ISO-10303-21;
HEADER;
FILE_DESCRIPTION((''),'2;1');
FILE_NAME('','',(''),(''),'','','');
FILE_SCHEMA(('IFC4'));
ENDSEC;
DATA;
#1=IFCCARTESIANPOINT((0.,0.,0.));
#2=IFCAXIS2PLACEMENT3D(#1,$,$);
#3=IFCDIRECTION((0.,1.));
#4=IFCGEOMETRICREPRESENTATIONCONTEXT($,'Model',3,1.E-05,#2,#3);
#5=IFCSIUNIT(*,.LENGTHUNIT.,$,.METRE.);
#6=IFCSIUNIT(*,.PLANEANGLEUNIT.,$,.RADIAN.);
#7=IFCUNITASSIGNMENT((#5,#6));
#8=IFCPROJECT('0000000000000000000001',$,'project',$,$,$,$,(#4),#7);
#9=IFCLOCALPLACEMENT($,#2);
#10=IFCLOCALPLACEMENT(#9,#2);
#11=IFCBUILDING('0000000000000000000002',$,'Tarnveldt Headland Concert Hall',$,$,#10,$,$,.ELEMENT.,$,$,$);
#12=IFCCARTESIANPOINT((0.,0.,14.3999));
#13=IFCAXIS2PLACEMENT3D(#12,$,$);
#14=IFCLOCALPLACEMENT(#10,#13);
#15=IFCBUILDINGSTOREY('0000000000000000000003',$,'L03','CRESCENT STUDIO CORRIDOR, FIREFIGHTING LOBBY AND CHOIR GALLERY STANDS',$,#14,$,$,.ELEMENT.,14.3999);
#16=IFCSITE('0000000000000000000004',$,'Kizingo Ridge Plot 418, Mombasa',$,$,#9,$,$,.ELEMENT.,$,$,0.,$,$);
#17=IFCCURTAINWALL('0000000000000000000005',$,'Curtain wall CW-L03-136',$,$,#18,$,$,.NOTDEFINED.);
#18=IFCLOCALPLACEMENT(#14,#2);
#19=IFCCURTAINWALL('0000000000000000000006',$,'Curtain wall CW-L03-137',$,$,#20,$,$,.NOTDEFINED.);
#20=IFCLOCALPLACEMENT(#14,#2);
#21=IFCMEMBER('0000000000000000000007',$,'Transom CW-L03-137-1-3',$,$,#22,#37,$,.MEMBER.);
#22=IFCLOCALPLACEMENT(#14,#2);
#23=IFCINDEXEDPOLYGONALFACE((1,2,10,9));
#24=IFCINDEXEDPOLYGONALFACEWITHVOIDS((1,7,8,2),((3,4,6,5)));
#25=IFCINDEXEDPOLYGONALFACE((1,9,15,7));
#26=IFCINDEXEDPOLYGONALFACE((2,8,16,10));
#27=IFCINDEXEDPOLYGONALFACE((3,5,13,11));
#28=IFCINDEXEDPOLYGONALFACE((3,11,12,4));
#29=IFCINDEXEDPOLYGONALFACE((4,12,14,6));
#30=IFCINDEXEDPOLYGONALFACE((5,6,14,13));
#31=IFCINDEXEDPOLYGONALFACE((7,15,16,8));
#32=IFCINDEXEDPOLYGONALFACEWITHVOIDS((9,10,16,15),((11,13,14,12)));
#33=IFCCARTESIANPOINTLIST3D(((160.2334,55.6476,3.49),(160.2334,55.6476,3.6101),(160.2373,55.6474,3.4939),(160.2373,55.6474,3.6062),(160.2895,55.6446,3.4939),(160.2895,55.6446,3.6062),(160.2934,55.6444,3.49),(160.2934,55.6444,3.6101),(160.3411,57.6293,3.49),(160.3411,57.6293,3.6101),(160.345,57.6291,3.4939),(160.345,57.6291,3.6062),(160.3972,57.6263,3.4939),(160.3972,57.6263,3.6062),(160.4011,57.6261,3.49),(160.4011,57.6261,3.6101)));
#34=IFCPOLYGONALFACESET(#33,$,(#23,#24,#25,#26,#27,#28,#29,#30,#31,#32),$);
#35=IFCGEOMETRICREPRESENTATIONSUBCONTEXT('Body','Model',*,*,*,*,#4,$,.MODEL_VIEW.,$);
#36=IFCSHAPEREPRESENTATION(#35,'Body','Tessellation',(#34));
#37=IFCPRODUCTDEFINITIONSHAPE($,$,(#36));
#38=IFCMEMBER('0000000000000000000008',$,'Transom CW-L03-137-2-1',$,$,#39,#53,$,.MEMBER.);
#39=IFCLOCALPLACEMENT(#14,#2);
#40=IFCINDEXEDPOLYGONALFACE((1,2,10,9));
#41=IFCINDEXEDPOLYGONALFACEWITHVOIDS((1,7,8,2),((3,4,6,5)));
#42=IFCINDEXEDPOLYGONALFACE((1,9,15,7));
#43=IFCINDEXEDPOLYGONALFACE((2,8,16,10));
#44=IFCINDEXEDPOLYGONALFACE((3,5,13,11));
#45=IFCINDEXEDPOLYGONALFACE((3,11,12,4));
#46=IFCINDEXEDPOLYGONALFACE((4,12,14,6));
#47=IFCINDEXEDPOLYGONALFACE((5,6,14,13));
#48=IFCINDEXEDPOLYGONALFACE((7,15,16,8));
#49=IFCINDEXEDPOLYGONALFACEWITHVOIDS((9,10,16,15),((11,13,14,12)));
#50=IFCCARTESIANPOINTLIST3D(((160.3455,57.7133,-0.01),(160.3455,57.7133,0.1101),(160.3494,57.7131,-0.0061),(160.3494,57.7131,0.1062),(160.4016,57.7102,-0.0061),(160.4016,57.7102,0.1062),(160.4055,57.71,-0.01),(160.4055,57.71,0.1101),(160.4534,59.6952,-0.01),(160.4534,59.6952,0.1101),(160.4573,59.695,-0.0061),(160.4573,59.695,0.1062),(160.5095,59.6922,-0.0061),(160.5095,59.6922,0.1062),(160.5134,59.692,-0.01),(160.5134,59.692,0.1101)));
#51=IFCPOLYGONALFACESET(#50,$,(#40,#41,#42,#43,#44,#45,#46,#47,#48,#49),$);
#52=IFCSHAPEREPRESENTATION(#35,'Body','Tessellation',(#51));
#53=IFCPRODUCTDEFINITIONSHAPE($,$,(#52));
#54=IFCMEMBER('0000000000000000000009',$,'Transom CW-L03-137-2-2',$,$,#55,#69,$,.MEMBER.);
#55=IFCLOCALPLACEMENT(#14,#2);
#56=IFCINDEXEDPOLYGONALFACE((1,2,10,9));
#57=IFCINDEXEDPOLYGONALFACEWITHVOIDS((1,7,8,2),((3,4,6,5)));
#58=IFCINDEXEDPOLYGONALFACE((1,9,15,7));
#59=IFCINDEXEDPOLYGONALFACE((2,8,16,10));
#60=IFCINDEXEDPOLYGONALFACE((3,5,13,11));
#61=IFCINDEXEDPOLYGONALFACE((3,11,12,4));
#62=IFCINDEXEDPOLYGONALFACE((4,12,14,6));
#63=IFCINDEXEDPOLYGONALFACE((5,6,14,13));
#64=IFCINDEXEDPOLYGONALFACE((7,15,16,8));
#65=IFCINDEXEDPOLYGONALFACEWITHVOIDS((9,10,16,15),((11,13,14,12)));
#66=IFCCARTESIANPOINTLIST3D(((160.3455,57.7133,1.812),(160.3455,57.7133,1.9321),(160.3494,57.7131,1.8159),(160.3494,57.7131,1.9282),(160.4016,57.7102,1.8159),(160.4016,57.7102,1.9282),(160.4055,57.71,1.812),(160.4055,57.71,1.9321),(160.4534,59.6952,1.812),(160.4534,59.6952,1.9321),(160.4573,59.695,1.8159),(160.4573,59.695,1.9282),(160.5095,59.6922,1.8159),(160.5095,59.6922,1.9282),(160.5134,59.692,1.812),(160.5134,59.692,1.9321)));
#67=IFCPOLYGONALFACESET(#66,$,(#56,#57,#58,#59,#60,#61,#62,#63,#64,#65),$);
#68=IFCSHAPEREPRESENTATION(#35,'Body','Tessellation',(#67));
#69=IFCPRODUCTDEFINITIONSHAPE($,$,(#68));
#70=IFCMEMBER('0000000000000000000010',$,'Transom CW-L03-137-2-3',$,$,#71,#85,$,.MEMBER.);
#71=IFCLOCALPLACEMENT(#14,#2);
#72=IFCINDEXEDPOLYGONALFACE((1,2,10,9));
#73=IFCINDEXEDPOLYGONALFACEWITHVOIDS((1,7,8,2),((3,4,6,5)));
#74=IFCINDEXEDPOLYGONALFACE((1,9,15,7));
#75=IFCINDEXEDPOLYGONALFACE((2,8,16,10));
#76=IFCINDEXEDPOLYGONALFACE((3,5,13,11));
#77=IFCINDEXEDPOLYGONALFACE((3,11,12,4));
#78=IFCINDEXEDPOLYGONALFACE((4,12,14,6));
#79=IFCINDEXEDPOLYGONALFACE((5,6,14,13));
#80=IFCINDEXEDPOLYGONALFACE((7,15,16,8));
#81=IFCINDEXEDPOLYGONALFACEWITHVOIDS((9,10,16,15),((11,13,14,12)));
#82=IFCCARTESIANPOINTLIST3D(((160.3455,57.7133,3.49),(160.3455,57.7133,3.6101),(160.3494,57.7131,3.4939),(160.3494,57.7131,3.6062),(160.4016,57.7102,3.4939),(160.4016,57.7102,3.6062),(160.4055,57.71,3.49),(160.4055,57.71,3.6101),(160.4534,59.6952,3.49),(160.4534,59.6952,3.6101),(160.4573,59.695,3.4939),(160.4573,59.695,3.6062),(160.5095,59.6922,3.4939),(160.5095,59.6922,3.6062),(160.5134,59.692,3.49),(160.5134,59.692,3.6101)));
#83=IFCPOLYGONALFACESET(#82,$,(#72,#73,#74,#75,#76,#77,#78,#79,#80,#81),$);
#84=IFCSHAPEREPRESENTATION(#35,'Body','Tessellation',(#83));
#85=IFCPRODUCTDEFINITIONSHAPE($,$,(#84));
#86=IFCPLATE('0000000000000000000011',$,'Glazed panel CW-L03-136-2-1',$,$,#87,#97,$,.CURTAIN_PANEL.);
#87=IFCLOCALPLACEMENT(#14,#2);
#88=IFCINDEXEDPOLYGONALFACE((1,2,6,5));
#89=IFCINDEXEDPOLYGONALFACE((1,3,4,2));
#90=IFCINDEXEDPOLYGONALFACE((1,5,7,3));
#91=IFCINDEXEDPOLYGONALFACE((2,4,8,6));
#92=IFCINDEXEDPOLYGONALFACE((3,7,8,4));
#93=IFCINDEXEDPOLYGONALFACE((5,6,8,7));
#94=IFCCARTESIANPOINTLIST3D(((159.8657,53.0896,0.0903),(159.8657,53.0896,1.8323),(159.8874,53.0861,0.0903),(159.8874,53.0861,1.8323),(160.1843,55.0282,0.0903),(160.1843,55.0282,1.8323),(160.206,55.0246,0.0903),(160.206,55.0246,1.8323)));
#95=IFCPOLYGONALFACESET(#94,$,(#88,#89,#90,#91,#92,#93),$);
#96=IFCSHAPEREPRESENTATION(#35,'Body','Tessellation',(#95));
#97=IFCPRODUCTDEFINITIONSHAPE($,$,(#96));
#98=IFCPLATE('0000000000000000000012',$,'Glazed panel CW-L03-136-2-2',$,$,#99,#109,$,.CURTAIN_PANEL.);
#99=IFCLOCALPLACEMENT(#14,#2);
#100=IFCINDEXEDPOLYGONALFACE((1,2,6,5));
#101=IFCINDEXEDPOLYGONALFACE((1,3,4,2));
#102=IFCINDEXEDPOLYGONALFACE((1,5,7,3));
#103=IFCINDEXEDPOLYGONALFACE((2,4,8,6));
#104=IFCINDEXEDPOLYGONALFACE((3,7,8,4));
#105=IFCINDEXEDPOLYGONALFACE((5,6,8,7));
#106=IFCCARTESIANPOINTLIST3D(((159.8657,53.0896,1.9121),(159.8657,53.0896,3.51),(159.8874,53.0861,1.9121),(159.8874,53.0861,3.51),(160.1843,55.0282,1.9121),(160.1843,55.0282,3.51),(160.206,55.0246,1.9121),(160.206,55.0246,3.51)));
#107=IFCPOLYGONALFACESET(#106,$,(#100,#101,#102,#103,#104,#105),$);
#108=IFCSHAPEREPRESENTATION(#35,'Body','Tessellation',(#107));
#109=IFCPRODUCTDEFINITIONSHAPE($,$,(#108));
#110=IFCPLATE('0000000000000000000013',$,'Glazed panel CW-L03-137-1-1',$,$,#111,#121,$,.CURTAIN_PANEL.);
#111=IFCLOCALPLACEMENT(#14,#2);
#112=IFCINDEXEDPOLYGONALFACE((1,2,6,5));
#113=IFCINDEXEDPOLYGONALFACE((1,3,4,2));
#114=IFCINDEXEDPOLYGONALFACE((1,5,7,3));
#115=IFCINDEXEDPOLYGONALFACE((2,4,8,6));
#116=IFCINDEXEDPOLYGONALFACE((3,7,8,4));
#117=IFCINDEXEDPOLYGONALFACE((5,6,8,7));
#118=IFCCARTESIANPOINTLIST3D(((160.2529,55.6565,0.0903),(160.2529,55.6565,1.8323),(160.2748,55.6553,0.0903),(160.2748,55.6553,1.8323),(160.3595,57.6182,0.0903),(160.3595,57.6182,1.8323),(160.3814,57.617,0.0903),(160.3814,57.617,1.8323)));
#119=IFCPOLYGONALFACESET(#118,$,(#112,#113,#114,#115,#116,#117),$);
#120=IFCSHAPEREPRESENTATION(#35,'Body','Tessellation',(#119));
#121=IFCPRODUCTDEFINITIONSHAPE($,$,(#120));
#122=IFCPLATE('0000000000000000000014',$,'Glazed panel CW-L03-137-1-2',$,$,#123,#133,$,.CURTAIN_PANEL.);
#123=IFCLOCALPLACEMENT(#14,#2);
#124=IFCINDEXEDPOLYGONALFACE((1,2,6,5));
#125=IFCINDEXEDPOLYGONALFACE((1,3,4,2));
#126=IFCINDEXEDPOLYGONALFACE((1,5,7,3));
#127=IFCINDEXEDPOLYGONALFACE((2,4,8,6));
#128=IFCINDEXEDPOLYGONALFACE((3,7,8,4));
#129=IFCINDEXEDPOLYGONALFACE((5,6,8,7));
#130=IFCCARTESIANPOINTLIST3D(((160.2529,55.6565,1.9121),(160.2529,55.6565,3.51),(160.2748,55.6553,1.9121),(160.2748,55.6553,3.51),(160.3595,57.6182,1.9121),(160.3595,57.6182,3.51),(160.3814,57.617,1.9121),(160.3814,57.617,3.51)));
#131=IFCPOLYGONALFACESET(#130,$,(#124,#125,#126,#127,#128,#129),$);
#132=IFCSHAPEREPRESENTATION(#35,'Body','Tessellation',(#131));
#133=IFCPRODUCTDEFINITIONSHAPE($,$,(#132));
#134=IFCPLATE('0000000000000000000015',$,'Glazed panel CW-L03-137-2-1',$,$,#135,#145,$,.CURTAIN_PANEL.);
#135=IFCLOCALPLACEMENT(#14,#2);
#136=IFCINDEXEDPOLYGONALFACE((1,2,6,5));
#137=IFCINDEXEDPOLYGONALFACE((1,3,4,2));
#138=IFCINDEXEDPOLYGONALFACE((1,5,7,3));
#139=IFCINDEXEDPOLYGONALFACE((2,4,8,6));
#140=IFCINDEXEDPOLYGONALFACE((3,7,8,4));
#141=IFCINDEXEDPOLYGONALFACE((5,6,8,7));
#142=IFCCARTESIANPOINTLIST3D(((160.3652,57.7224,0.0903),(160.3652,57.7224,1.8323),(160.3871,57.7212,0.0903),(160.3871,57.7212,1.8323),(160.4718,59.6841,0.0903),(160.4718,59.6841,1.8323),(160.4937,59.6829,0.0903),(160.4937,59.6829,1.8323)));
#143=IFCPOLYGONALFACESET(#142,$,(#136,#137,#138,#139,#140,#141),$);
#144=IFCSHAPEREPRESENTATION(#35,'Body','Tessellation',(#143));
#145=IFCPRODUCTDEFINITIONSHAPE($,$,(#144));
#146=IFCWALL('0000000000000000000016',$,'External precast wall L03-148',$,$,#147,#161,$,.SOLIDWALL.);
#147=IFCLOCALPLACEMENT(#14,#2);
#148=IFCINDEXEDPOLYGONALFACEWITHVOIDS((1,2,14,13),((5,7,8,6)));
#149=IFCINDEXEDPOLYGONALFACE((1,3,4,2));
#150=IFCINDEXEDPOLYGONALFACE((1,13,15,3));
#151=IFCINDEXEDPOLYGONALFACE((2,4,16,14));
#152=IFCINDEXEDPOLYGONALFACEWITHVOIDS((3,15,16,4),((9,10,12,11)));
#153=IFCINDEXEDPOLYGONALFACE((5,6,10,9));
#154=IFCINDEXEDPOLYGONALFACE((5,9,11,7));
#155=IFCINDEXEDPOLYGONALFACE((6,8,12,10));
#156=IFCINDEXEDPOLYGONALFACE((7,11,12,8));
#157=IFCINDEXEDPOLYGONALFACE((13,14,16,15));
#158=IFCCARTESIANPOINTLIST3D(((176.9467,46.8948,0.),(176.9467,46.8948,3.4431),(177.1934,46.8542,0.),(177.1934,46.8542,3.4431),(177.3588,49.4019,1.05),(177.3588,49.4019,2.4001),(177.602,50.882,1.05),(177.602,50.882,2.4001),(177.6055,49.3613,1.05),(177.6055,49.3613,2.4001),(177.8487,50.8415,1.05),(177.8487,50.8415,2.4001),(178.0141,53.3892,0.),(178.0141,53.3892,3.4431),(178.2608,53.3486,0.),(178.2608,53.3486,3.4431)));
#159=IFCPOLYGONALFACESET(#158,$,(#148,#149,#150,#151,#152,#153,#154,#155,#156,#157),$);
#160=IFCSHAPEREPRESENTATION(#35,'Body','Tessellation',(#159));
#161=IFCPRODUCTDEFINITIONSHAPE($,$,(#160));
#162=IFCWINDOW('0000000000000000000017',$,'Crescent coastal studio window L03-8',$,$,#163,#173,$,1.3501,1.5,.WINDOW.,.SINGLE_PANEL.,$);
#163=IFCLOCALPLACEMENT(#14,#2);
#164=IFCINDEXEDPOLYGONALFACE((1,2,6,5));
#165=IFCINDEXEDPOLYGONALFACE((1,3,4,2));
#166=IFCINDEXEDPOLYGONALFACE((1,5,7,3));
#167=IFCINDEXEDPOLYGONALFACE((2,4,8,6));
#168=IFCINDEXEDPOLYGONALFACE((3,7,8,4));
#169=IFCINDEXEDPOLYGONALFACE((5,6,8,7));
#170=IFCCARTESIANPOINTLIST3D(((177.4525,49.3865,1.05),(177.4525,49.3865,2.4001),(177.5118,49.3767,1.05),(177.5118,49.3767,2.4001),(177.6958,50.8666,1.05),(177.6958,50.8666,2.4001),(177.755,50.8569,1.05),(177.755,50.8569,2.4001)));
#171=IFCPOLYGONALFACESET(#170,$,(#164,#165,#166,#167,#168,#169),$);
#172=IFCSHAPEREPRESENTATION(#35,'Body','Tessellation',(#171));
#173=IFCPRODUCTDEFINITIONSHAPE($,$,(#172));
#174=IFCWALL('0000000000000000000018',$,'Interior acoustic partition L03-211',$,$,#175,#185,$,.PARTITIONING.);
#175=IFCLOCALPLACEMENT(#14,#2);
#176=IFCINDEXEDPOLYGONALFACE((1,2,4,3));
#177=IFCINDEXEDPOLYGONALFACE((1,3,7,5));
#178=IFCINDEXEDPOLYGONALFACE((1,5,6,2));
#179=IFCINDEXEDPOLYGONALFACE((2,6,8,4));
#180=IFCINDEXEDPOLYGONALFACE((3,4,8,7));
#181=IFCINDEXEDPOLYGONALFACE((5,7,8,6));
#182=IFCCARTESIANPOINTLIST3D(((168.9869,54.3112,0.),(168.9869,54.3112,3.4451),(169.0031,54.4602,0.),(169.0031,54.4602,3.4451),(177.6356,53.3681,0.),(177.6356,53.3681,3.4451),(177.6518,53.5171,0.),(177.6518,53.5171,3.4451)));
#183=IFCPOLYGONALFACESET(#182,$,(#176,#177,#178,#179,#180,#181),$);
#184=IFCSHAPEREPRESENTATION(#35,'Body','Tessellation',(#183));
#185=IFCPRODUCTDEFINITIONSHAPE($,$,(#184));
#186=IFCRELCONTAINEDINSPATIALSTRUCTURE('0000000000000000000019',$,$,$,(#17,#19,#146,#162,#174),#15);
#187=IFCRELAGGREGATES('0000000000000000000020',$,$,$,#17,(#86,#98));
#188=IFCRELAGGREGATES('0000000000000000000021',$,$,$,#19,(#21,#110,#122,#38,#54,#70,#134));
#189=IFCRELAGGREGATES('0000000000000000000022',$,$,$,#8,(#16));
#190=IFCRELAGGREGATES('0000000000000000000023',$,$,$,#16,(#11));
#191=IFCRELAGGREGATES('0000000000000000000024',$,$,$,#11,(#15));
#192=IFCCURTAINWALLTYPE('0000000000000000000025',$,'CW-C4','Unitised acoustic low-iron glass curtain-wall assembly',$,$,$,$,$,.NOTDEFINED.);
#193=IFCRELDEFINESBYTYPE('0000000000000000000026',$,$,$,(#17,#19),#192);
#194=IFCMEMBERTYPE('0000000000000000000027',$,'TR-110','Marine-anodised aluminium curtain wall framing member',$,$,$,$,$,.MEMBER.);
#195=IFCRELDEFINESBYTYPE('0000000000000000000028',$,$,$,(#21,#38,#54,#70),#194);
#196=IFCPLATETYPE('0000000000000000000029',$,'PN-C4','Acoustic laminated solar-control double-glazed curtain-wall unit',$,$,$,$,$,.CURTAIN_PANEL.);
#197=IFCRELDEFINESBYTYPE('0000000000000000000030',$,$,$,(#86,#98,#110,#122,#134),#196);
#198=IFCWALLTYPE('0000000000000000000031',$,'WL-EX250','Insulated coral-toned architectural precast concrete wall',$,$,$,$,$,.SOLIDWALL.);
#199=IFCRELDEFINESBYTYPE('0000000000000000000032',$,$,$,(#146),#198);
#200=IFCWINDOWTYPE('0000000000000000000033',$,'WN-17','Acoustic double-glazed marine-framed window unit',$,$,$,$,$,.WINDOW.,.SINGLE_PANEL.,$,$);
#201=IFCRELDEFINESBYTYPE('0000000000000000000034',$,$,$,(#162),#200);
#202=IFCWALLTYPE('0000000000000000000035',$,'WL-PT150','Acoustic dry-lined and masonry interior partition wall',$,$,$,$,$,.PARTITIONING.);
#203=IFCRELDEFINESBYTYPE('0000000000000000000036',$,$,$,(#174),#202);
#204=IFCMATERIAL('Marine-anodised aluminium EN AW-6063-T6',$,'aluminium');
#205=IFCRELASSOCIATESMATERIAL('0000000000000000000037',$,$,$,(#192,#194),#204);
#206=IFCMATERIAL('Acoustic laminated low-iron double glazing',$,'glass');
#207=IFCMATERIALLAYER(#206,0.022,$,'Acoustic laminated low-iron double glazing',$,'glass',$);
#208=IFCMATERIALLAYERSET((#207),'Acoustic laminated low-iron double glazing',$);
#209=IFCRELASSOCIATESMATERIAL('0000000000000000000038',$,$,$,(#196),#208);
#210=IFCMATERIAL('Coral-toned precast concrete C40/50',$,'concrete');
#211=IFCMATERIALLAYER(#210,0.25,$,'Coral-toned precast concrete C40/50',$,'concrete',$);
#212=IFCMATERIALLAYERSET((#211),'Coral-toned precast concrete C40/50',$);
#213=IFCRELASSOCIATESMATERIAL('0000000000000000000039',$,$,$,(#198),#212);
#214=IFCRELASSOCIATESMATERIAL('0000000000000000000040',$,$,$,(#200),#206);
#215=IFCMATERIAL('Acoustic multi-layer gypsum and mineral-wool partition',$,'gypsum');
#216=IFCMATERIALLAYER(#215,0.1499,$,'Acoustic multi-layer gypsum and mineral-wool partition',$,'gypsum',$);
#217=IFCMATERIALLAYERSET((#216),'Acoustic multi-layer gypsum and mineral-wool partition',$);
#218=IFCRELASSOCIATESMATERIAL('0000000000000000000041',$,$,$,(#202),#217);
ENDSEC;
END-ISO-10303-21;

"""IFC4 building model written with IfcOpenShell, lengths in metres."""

from ifc_helpers import new_model, si_unit, direction, frame, frame_2d, origin, origin_2d, place, context, subcontext, project, spatial, rectangle, hollow_rectangle, extrude, material, layer, layer_set, material_profile, profile_set, type_object, element, fill, aggregate, save


model = new_model("IFC4")

# Units and contexts
model_context = context("Model", 3, precision=1e-05, world=origin(), true_north=direction((0.0, 1.0)))
body_context = subcontext(model_context, "Body", "Model", "MODEL_VIEW")
ifc_project = project(units=[si_unit("LENGTHUNIT", "METRE"), si_unit("PLANEANGLEUNIT", "RADIAN")], contexts=[model_context])

# Site, building, storey
site_placement = place(None, origin())
site = spatial("IfcSite", under=ifc_project, at=site_placement, Name="Kizingo Ridge Plot 418, Mombasa", CompositionType="ELEMENT", RefElevation=0.0)
building_placement = place(site_placement, origin())
building = spatial("IfcBuilding", under=site, at=building_placement, Name="Tarnveldt Headland Concert Hall", CompositionType="ELEMENT")
storey_placement = place(building_placement, frame((0.0, 0.0, 14.3999)))
storey = spatial("IfcBuildingStorey", under=building, at=storey_placement, Name="L03", Description="CRESCENT STUDIO CORRIDOR, FIREFIGHTING LOBBY AND CHOIR GALLERY STANDS", CompositionType="ELEMENT", Elevation=14.3999)

# Curtain wall
ifc_material_1 = material(Name="Marine-anodised aluminium EN AW-6063-T6", Category="aluminium")
curtain_wall_type = type_object("IfcCurtainWallType", Name="CW-C4", Description="Unitised acoustic low-iron glass curtain-wall assembly", PredefinedType="NOTDEFINED", material=ifc_material_1)
curtain_wall_1_placement = place(storey_placement, origin())
curtain_wall_1 = element("IfcCurtainWall", 1, at=curtain_wall_1_placement, inside=storey, type_object=curtain_wall_type, Name="Curtain wall CW-L03-136", PredefinedType="NOTDEFINED")

# Curtain wall
curtain_wall_2_placement = place(storey_placement, origin())
curtain_wall_2 = element("IfcCurtainWall", 2, at=curtain_wall_2_placement, inside=storey, type_object=curtain_wall_type, Name="Curtain wall CW-L03-137", PredefinedType="NOTDEFINED")

# Members
ifc_material_profile_1 = material_profile(ifc_material_1, hollow_rectangle(XDim=0.0601, YDim=0.1201, WallThickness=0.0039, at=origin_2d()), Name="ALU TRANSOM 60x120x4", Category="aluminium")
ifc_profile_set_1 = profile_set([ifc_material_profile_1], Name="Marine-anodised aluminium EN AW-6063-T6")
member_type_1 = type_object("IfcMemberType", Name="TR-110", Description="Marine-anodised aluminium curtain wall framing member", PredefinedType="MEMBER", material=ifc_profile_set_1)
member_1_placement = place(storey_placement, frame((160.2634, 55.646, 3.55), z_axis=(0.05425, 0.998527, 0.0), x_axis=(-0.998527, 0.05425, 0.0)))
member_1 = element("IfcMember", 3, at=member_1_placement, type_object=member_type_1, Name="Transom CW-L03-137-1-3", PredefinedType="MEMBER", context=body_context, shape_type="SweptSolid", body=[
    extrude(hollow_rectangle(XDim=0.0601, YDim=0.1201, WallThickness=0.0039, at=origin_2d()), origin(), (0.0, 0.0, 1.0), 1.9846),
])
member_2_placement = place(storey_placement, frame((160.3755, 57.7117, 0.05), z_axis=(0.054366, 0.998521, 0.0), x_axis=(-0.998521, 0.054366, 0.0)))
member_2 = element("IfcMember", 4, at=member_2_placement, type_object=member_type_1, Name="Transom CW-L03-137-2-1", PredefinedType="MEMBER", context=body_context, shape_type="SweptSolid", body=[
    extrude(hollow_rectangle(XDim=0.0601, YDim=0.1201, WallThickness=0.0039, at=origin_2d()), origin(), (0.0, 0.0, 1.0), 1.9849),
])
member_3_placement = place(storey_placement, frame((160.3755, 57.7117, 1.8721), z_axis=(0.054366, 0.998521, 0.0), x_axis=(-0.998521, 0.054366, 0.0)))
member_3 = element("IfcMember", 5, at=member_3_placement, type_object=member_type_1, Name="Transom CW-L03-137-2-2", PredefinedType="MEMBER", context=body_context, shape_type="SweptSolid", body=[
    extrude(hollow_rectangle(XDim=0.0601, YDim=0.1201, WallThickness=0.0039, at=origin_2d()), origin(), (0.0, 0.0, 1.0), 1.9849),
])
member_4_placement = place(storey_placement, frame((160.3755, 57.7117, 3.55), z_axis=(0.054366, 0.998521, 0.0), x_axis=(-0.998521, 0.054366, 0.0)))
member_4 = element("IfcMember", 6, at=member_4_placement, type_object=member_type_1, Name="Transom CW-L03-137-2-3", PredefinedType="MEMBER", context=body_context, shape_type="SweptSolid", body=[
    extrude(hollow_rectangle(XDim=0.0601, YDim=0.1201, WallThickness=0.0039, at=origin_2d()), origin(), (0.0, 0.0, 1.0), 1.9849),
])

# Plates
ifc_material_2 = material(Name="Acoustic laminated low-iron double glazing", Category="glass")
ifc_layer_1 = layer(ifc_material_2, 0.022, Name="Acoustic laminated low-iron double glazing", Category="glass")
ifc_layer_set_1 = layer_set([ifc_layer_1], Name="Acoustic laminated low-iron double glazing")
plate_type = type_object("IfcPlateType", Name="PN-C4", Description="Acoustic laminated solar-control double-glazed curtain-wall unit", PredefinedType="CURTAIN_PANEL", material=ifc_layer_set_1)
plate_1_placement = place(storey_placement, frame((160.0359, 54.0571, 0.0903), z_axis=(0.0, 0.0, 1.0), x_axis=(0.162172, 0.986762, 0.0)))
plate_1 = element("IfcPlate", 7, at=plate_1_placement, type_object=plate_type, Name="Glazed panel CW-L03-136-2-1", PredefinedType="CURTAIN_PANEL", context=body_context, shape_type="SweptSolid", body=[
    extrude(rectangle(XDim=1.9646, YDim=0.022, at=origin_2d()), origin(), (0.0, 0.0, 1.0), 1.7419),
])
plate_2_placement = place(storey_placement, frame((160.0359, 54.0571, 1.9121), z_axis=(0.0, 0.0, 1.0), x_axis=(0.162172, 0.986762, 0.0)))
plate_2 = element("IfcPlate", 8, at=plate_2_placement, type_object=plate_type, Name="Glazed panel CW-L03-136-2-2", PredefinedType="CURTAIN_PANEL", context=body_context, shape_type="SweptSolid", body=[
    extrude(rectangle(XDim=1.9646, YDim=0.022, at=origin_2d()), origin(), (0.0, 0.0, 1.0), 1.5979),
])
aggregate(curtain_wall_1, [plate_1, plate_2])
plate_3_placement = place(storey_placement, frame((160.3171, 56.6367, 0.0903), z_axis=(0.0, 0.0, 1.0), x_axis=(0.054253, 0.998527, 0.0)))
plate_3 = element("IfcPlate", 9, at=plate_3_placement, type_object=plate_type, Name="Glazed panel CW-L03-137-1-1", PredefinedType="CURTAIN_PANEL", context=body_context, shape_type="SweptSolid", body=[
    extrude(rectangle(XDim=1.9646, YDim=0.022, at=origin_2d()), origin(), (0.0, 0.0, 1.0), 1.7419),
])
plate_4_placement = place(storey_placement, frame((160.3171, 56.6367, 1.9121), z_axis=(0.0, 0.0, 1.0), x_axis=(0.054253, 0.998527, 0.0)))
plate_4 = element("IfcPlate", 10, at=plate_4_placement, type_object=plate_type, Name="Glazed panel CW-L03-137-1-2", PredefinedType="CURTAIN_PANEL", context=body_context, shape_type="SweptSolid", body=[
    extrude(rectangle(XDim=1.9646, YDim=0.022, at=origin_2d()), origin(), (0.0, 0.0, 1.0), 1.5979),
])
plate_5_placement = place(storey_placement, frame((160.4294, 58.7026, 0.0903), z_axis=(0.0, 0.0, 1.0), x_axis=(0.054253, 0.998527, 0.0)))
plate_5 = element("IfcPlate", 11, at=plate_5_placement, type_object=plate_type, Name="Glazed panel CW-L03-137-2-1", PredefinedType="CURTAIN_PANEL", context=body_context, shape_type="SweptSolid", body=[
    extrude(rectangle(XDim=1.9646, YDim=0.022, at=origin_2d()), origin(), (0.0, 0.0, 1.0), 1.7419),
])
aggregate(curtain_wall_2, [member_1, plate_3, plate_4, member_2, member_3, member_4, plate_5])

# Wall, opening, window
ifc_material_3 = material(Name="Coral-toned precast concrete C40/50", Category="concrete")
ifc_layer_2 = layer(ifc_material_3, 0.25, Name="Coral-toned precast concrete C40/50", Category="concrete")
ifc_layer_set_2 = layer_set([ifc_layer_2], Name="Coral-toned precast concrete C40/50")
wall_type_1 = type_object("IfcWallType", Name="WL-EX250", Description="Insulated coral-toned architectural precast concrete wall", PredefinedType="SOLIDWALL", material=ifc_layer_set_2)
wall_1_placement = place(storey_placement, frame((178.1375, 53.3689, 0.0), z_axis=(0.0, 0.0, 1.0), x_axis=(-0.162179, -0.986761, 0.0)))
wall_1 = element("IfcWall", 12, at=wall_1_placement, inside=storey, type_object=wall_type_1, Name="External precast wall L03-148", PredefinedType="SOLIDWALL", context=body_context, shape_type="SweptSolid", body=[
    extrude(rectangle(XDim=6.5815, YDim=0.25, at=frame_2d((3.2908, 0.0))), origin(), (0.0, 0.0, 1.0), 3.4431),
])
opening_1_placement = place(wall_1_placement, frame((2.5408, 0.0, 1.05)))
opening_1 = element("IfcOpeningElement", 13, at=opening_1_placement, cuts=wall_1, PredefinedType="OPENING", context=body_context, shape_type="SweptSolid", body=[
    extrude(rectangle(XDim=1.5, YDim=1.3501, at=frame_2d((0.75, 0.675))), frame((0.0, 0.135, 0.0), z_axis=(0.0, -1.0, 0.0), x_axis=(1.0, 0.0, 0.0)), (0.0, 0.0, 1.0), 0.27),
])
window_type = type_object("IfcWindowType", Name="WN-17", Description="Acoustic double-glazed marine-framed window unit", PartitioningType="SINGLE_PANEL", PredefinedType="WINDOW", material=ifc_material_2)
window_placement = place(opening_1_placement, origin())
window = element("IfcWindow", 14, at=window_placement, inside=storey, type_object=window_type, Name="Crescent coastal studio window L03-8", OverallHeight=1.3501, OverallWidth=1.5, PartitioningType="SINGLE_PANEL", PredefinedType="WINDOW", context=body_context, shape_type="SweptSolid", body=[
    extrude(rectangle(XDim=1.5, YDim=1.3501, at=frame_2d((0.75, 0.675))), frame((0.0, 0.03, 0.0), z_axis=(0.0, -1.0, 0.0), x_axis=(1.0, 0.0, 0.0)), (0.0, 0.0, 1.0), 0.0601),
])
fill(opening_1, window)

# Wall
ifc_material_4 = material(Name="Acoustic multi-layer gypsum and mineral-wool partition", Category="gypsum")
ifc_layer_3 = layer(ifc_material_4, 0.1499, Name="Acoustic multi-layer gypsum and mineral-wool partition", Category="gypsum")
ifc_layer_set_3 = layer_set([ifc_layer_3], Name="Acoustic multi-layer gypsum and mineral-wool partition")
wall_type_2 = type_object("IfcWallType", Name="WL-PT150", Description="Acoustic dry-lined and masonry interior partition wall", PredefinedType="PARTITIONING", material=ifc_layer_set_3)
wall_2_placement = place(storey_placement, frame((168.9949, 54.3857, 0.0), z_axis=(0.0, 0.0, 1.0), x_axis=(0.994107, -0.108405, 0.0)))
element("IfcWall", 15, at=wall_2_placement, inside=storey, type_object=wall_type_2, Name="Interior acoustic partition L03-211", PredefinedType="PARTITIONING", context=body_context, shape_type="SweptSolid", body=[
    extrude(rectangle(XDim=8.7, YDim=0.1499, at=frame_2d((4.3501, 0.0))), origin(), (0.0, 0.0, 1.0), 3.4451),
])

save(model, "model.ifc")
